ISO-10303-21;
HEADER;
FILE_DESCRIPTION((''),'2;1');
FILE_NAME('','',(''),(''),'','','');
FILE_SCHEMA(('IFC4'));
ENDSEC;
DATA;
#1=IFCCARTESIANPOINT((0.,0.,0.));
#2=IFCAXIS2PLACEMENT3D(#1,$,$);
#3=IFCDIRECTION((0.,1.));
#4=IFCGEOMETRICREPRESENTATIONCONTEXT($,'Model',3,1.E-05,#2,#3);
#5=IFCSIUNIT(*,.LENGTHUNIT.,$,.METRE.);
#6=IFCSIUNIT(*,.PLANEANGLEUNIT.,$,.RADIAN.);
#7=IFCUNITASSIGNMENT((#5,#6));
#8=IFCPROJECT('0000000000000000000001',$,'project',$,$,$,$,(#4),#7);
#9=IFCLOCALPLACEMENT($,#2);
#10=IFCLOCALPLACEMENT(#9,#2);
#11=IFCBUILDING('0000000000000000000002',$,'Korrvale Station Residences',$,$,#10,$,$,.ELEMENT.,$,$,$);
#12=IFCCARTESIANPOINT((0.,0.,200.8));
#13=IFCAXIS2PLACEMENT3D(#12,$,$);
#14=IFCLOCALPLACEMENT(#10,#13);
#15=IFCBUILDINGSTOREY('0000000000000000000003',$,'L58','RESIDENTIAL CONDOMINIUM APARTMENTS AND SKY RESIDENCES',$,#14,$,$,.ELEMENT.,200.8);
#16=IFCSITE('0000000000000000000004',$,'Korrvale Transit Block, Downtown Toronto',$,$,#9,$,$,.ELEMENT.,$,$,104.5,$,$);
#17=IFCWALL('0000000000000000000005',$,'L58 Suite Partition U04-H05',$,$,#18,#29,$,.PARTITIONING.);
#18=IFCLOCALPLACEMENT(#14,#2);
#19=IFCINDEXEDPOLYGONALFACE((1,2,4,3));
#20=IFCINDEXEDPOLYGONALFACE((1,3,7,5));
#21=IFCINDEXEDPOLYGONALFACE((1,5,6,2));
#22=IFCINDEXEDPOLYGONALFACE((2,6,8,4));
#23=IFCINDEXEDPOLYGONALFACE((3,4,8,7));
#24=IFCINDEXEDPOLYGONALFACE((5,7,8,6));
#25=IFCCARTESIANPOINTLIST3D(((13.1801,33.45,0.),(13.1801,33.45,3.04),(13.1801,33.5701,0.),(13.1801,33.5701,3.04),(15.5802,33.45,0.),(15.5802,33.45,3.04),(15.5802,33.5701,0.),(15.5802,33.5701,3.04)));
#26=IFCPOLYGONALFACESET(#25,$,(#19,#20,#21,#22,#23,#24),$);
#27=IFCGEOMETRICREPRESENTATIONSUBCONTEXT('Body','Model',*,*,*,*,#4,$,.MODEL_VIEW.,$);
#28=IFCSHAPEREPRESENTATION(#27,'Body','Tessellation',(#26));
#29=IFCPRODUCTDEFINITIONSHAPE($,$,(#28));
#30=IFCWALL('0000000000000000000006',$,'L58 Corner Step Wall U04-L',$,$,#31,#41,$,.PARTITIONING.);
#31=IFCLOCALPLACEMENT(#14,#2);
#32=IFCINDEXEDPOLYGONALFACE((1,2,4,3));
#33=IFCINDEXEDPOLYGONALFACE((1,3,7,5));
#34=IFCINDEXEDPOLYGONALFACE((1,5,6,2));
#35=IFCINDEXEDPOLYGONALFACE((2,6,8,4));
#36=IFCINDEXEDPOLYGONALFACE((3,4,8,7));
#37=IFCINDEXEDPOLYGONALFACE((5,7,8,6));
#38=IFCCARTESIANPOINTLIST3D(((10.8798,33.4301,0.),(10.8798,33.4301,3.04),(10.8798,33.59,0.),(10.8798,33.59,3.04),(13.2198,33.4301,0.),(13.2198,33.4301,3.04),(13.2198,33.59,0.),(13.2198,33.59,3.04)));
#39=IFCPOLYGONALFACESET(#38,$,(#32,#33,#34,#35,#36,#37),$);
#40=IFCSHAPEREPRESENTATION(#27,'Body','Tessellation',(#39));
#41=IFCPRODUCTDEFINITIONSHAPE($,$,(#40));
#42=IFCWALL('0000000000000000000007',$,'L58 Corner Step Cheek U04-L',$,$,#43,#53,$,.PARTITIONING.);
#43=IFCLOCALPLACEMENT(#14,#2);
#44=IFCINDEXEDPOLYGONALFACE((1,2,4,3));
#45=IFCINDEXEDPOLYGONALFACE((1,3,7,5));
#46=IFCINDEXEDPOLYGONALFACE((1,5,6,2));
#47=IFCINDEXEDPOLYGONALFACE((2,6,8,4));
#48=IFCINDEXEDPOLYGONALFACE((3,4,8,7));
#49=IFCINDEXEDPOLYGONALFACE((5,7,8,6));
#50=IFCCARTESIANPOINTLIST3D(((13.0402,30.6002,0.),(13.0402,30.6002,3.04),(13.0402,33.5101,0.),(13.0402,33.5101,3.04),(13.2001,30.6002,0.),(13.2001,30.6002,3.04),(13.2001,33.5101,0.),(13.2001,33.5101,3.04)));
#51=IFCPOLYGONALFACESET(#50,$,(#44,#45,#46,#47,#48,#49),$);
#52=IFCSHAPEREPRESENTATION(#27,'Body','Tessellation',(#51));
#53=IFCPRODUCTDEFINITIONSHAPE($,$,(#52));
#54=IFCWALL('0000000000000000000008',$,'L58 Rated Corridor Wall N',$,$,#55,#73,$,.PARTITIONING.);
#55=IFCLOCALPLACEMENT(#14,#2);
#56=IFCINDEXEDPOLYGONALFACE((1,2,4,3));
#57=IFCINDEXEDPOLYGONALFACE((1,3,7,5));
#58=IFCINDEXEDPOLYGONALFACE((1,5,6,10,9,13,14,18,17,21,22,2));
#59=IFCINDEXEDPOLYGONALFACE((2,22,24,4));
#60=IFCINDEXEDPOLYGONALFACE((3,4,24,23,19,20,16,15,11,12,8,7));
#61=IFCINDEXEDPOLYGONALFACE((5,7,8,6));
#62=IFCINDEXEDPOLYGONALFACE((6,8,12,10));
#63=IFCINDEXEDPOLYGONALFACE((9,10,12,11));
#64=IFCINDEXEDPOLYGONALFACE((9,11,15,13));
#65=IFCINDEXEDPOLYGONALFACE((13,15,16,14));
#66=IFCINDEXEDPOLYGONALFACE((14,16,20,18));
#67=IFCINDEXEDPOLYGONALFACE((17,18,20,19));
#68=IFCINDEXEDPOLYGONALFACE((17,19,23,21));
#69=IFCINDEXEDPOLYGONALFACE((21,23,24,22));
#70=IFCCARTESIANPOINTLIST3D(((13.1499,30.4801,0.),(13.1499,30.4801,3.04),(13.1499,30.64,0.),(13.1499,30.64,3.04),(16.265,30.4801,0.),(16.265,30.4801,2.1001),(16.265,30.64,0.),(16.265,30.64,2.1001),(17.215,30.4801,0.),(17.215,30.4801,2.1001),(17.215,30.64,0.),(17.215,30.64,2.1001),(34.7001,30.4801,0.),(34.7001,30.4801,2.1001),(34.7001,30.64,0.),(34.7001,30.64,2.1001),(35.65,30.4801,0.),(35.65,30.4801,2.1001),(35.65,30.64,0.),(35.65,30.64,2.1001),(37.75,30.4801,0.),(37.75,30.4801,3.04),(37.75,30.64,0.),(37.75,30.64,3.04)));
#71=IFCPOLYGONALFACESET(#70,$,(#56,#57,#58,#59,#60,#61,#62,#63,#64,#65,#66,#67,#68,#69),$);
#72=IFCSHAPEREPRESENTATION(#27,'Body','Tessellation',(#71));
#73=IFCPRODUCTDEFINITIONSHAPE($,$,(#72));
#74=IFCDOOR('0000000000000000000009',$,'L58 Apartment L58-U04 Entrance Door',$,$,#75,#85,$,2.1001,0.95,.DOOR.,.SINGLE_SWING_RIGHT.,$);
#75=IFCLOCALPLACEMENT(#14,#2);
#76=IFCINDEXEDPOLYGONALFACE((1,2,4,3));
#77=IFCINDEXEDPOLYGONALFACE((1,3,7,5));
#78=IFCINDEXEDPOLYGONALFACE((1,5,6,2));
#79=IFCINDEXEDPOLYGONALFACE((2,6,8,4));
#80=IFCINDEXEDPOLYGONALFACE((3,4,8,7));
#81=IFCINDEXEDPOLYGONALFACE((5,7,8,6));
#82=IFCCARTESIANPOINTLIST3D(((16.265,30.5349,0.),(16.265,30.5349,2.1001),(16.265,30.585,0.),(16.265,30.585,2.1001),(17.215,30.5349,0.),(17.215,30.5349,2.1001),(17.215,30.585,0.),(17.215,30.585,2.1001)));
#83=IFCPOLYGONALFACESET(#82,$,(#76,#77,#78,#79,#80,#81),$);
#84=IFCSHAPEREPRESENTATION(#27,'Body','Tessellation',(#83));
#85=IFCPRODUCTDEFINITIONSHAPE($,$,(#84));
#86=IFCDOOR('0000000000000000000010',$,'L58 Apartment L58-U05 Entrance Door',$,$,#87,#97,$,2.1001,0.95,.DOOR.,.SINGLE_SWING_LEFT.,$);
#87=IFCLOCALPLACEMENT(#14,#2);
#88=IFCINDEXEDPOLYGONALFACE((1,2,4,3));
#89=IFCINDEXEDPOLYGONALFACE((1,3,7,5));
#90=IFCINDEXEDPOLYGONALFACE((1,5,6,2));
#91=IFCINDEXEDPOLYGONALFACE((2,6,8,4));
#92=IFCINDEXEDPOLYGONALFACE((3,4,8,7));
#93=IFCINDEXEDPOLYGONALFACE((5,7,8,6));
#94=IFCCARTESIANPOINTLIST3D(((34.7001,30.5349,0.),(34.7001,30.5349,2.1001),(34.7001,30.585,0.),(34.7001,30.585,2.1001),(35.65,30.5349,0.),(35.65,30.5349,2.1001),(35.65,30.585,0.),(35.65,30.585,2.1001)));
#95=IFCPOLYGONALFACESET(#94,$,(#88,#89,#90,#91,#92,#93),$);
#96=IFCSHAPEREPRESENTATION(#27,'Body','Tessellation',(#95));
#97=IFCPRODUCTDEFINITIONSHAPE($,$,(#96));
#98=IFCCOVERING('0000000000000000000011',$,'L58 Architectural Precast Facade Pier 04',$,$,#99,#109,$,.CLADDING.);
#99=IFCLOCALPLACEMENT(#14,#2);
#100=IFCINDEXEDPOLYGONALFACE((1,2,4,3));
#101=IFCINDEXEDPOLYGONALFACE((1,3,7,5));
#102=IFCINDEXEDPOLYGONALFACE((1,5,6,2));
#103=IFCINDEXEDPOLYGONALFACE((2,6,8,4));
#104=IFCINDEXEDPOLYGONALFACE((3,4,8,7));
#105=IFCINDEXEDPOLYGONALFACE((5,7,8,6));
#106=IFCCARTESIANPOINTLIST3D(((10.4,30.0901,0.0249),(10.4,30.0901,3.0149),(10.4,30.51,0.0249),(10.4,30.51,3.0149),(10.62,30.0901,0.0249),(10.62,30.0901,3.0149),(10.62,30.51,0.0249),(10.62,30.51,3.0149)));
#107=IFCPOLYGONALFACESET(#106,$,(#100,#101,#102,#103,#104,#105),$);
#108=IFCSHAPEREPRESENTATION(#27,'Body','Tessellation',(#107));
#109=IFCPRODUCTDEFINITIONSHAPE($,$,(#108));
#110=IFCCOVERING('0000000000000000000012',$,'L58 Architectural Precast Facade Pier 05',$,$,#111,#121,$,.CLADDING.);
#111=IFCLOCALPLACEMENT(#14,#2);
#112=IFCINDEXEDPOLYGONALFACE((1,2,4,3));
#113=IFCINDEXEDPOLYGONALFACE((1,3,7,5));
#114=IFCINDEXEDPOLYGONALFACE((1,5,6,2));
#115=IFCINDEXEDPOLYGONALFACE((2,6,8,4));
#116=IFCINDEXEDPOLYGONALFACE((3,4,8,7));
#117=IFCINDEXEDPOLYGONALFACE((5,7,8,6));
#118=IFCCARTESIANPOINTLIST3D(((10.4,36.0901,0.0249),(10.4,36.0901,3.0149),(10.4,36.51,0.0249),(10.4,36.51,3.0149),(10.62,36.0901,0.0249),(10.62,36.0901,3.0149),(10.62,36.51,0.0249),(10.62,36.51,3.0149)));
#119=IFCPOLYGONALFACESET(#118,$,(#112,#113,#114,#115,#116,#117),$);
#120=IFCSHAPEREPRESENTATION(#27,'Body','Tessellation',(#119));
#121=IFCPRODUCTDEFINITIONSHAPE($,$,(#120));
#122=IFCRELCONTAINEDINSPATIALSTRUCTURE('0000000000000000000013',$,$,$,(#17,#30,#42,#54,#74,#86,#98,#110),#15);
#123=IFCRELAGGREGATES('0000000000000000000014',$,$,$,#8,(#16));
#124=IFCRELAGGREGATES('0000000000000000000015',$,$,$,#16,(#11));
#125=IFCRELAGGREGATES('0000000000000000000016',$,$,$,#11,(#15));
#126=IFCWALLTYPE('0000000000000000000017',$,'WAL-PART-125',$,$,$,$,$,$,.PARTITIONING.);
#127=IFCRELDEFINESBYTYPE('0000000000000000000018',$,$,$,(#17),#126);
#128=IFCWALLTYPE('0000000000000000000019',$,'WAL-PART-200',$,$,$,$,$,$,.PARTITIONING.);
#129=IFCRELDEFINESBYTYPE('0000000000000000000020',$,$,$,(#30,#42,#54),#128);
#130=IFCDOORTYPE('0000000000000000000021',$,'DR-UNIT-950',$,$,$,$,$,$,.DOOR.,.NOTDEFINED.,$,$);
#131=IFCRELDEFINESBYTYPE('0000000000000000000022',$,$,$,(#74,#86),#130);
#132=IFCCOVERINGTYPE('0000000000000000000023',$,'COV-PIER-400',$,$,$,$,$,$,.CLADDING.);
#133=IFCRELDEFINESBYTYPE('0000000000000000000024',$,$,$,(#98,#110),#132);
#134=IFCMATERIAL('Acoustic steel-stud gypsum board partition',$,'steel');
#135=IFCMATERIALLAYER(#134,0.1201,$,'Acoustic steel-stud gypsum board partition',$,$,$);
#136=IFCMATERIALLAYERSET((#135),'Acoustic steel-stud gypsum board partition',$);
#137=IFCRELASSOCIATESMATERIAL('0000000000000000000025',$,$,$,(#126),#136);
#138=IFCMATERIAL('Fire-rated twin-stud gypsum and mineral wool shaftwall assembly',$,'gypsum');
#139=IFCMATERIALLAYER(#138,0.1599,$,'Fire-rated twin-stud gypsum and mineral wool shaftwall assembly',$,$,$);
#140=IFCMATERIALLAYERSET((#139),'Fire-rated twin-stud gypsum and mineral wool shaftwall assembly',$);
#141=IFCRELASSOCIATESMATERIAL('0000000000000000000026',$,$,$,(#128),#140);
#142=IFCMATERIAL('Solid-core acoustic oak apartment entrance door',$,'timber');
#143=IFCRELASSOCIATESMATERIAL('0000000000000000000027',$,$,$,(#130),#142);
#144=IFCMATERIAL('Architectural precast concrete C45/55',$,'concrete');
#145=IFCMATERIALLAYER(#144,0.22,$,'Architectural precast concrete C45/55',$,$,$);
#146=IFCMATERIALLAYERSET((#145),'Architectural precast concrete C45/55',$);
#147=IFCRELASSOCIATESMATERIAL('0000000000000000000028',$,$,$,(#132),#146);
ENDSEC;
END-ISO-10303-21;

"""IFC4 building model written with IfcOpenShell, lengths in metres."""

from ifc_helpers import new_model, si_unit, direction, frame, frame_2d, origin, origin_2d, place, context, subcontext, project, spatial, rectangle, extrude, material, layer, layer_set, type_object, element, fill, save


model = new_model("IFC4")

# Units and contexts
model_context = context("Model", 3, precision=1e-05, world=origin(), true_north=direction((0.0, 1.0)))
body_context = subcontext(model_context, "Body", "Model", "MODEL_VIEW")
ifc_project = project(units=[si_unit("LENGTHUNIT", "METRE"), si_unit("PLANEANGLEUNIT", "RADIAN")], contexts=[model_context])

# Site, building, storey
site_placement = place(None, origin())
site = spatial("IfcSite", under=ifc_project, at=site_placement, Name="Korrvale Transit Block, Downtown Toronto", CompositionType="ELEMENT", RefElevation=104.5)
building_placement = place(site_placement, origin())
building = spatial("IfcBuilding", under=site, at=building_placement, Name="Korrvale Station Residences", CompositionType="ELEMENT")
storey_placement = place(building_placement, frame((0.0, 0.0, 200.8)))
storey = spatial("IfcBuildingStorey", under=building, at=storey_placement, Name="L58", Description="RESIDENTIAL CONDOMINIUM APARTMENTS AND SKY RESIDENCES", CompositionType="ELEMENT", Elevation=200.8)

# Walls
ifc_material_1 = material(Name="Acoustic steel-stud gypsum board partition", Category="steel")
ifc_layer_1 = layer(ifc_material_1, 0.1201, Name="Acoustic steel-stud gypsum board partition")
ifc_layer_set_1 = layer_set([ifc_layer_1], Name="Acoustic steel-stud gypsum board partition")
wall_type_1 = type_object("IfcWallType", Name="WAL-PART-125", PredefinedType="PARTITIONING", material=ifc_layer_set_1)
wall_1_placement = place(storey_placement, frame((13.1799, 33.51, 0.0), z_axis=(0.0, 0.0, 1.0), x_axis=(1.0, 0.0, 0.0)))
element("IfcWall", 1, at=wall_1_placement, inside=storey, type_object=wall_type_1, Name="L58 Suite Partition U04-H05", PredefinedType="PARTITIONING", context=body_context, shape_type="SweptSolid", body=[
    extrude(rectangle(XDim=2.4001, YDim=0.1201, at=frame_2d((1.2002, 0.0))), origin(), (0.0, 0.0, 1.0), 3.04),
])
ifc_material_2 = material(Name="Fire-rated twin-stud gypsum and mineral wool shaftwall assembly", Category="gypsum")
ifc_layer_2 = layer(ifc_material_2, 0.1599, Name="Fire-rated twin-stud gypsum and mineral wool shaftwall assembly")
ifc_layer_set_2 = layer_set([ifc_layer_2], Name="Fire-rated twin-stud gypsum and mineral wool shaftwall assembly")
wall_type_2 = type_object("IfcWallType", Name="WAL-PART-200", PredefinedType="PARTITIONING", material=ifc_layer_set_2)
wall_2_placement = place(storey_placement, frame((10.8799, 33.51, 0.0), z_axis=(0.0, 0.0, 1.0), x_axis=(1.0, 0.0, 0.0)))
element("IfcWall", 2, at=wall_2_placement, inside=storey, type_object=wall_type_2, Name="L58 Corner Step Wall U04-L", PredefinedType="PARTITIONING", context=body_context, shape_type="SweptSolid", body=[
    extrude(rectangle(XDim=2.3401, YDim=0.1599, at=frame_2d((1.1699, 0.0))), origin(), (0.0, 0.0, 1.0), 3.04),
])
wall_3_placement = place(storey_placement, frame((13.1201, 30.6001, 0.0), z_axis=(0.0, 0.0, 1.0), x_axis=(0.0, 1.0, 0.0)))
element("IfcWall", 3, at=wall_3_placement, inside=storey, type_object=wall_type_2, Name="L58 Corner Step Cheek U04-L", PredefinedType="PARTITIONING", context=body_context, shape_type="SweptSolid", body=[
    extrude(rectangle(XDim=2.9099, YDim=0.1599, at=frame_2d((1.4551, 0.0))), origin(), (0.0, 0.0, 1.0), 3.04),
])

# Wall, openings, doors
wall_4_placement = place(storey_placement, frame((13.1499, 30.5601, 0.0), z_axis=(0.0, 0.0, 1.0), x_axis=(1.0, 0.0, 0.0)))
wall_4 = element("IfcWall", 4, at=wall_4_placement, inside=storey, type_object=wall_type_2, Name="L58 Rated Corridor Wall N", PredefinedType="PARTITIONING", context=body_context, shape_type="SweptSolid", body=[
    extrude(rectangle(XDim=24.6001, YDim=0.1599, at=frame_2d((12.3, 0.0))), origin(), (0.0, 0.0, 1.0), 3.04),
])
opening_1_placement = place(wall_4_placement, frame((3.115, 0.0, 0.0)))
opening_1 = element("IfcOpeningElement", 5, at=opening_1_placement, cuts=wall_4, PredefinedType="OPENING", context=body_context, shape_type="SweptSolid", body=[
    extrude(rectangle(XDim=0.95, YDim=2.1001, at=frame_2d((0.4751, 1.05))), frame((0.0, 0.0898, 0.0), z_axis=(0.0, -1.0, 0.0), x_axis=(1.0, 0.0, 0.0)), (0.0, 0.0, 1.0), 0.1799),
])
opening_2_placement = place(wall_4_placement, frame((21.55, 0.0, 0.0)))
opening_2 = element("IfcOpeningElement", 6, at=opening_2_placement, cuts=wall_4, PredefinedType="OPENING", context=body_context, shape_type="SweptSolid", body=[
    extrude(rectangle(XDim=0.95, YDim=2.1001, at=frame_2d((0.4751, 1.05))), frame((0.0, 0.0898, 0.0), z_axis=(0.0, -1.0, 0.0), x_axis=(1.0, 0.0, 0.0)), (0.0, 0.0, 1.0), 0.1799),
])
ifc_material_3 = material(Name="Solid-core acoustic oak apartment entrance door", Category="timber")
door_type = type_object("IfcDoorType", Name="DR-UNIT-950", OperationType="NOTDEFINED", PredefinedType="DOOR", material=ifc_material_3)
door_1_placement = place(opening_1_placement, origin())
door_1 = element("IfcDoor", 7, at=door_1_placement, inside=storey, type_object=door_type, Name="L58 Apartment L58-U04 Entrance Door", OperationType="SINGLE_SWING_RIGHT", OverallHeight=2.1001, OverallWidth=0.95, PredefinedType="DOOR", context=body_context, shape_type="SweptSolid", body=[
    extrude(rectangle(XDim=0.95, YDim=2.1001, at=frame_2d((0.4751, 1.05))), frame((0.0, 0.0249, 0.0), z_axis=(0.0, -1.0, 0.0), x_axis=(1.0, 0.0, 0.0)), (0.0, 0.0, 1.0), 0.05),
])
fill(opening_1, door_1)
door_2_placement = place(opening_2_placement, origin())
door_2 = element("IfcDoor", 8, at=door_2_placement, inside=storey, type_object=door_type, Name="L58 Apartment L58-U05 Entrance Door", OperationType="SINGLE_SWING_LEFT", OverallHeight=2.1001, OverallWidth=0.95, PredefinedType="DOOR", context=body_context, shape_type="SweptSolid", body=[
    extrude(rectangle(XDim=0.95, YDim=2.1001, at=frame_2d((0.4751, 1.05))), frame((0.0, 0.0249, 0.0), z_axis=(0.0, -1.0, 0.0), x_axis=(1.0, 0.0, 0.0)), (0.0, 0.0, 1.0), 0.05),
])
fill(opening_2, door_2)

# Coverings
ifc_material_4 = material(Name="Architectural precast concrete C45/55", Category="concrete")
ifc_layer_3 = layer(ifc_material_4, 0.22, Name="Architectural precast concrete C45/55")
ifc_layer_set_3 = layer_set([ifc_layer_3], Name="Architectural precast concrete C45/55")
covering_type = type_object("IfcCoveringType", Name="COV-PIER-400", PredefinedType="CLADDING", material=ifc_layer_set_3)
for number, where, z_axis, x_axis, name in (
    (9, (10.51, 30.3, 0.0249), (0.0, 0.0, 1.0), (0.0, 1.0, 0.0), "L58 Architectural Precast Facade Pier 04"),
    (10, (10.51, 36.3, 0.0249), (0.0, 0.0, 1.0), (0.0, 1.0, 0.0), "L58 Architectural Precast Facade Pier 05"),
):
    element("IfcCovering", number, at=place(storey_placement, frame(where, z_axis=z_axis, x_axis=x_axis)), inside=storey, type_object=covering_type, Name=name, PredefinedType="CLADDING", context=body_context, shape_type="SweptSolid", body=[
        extrude(rectangle(XDim=0.4199, YDim=0.22, at=origin_2d()), origin(), (0.0, 0.0, 1.0), 2.99),
    ])

save(model, "model.ifc")
